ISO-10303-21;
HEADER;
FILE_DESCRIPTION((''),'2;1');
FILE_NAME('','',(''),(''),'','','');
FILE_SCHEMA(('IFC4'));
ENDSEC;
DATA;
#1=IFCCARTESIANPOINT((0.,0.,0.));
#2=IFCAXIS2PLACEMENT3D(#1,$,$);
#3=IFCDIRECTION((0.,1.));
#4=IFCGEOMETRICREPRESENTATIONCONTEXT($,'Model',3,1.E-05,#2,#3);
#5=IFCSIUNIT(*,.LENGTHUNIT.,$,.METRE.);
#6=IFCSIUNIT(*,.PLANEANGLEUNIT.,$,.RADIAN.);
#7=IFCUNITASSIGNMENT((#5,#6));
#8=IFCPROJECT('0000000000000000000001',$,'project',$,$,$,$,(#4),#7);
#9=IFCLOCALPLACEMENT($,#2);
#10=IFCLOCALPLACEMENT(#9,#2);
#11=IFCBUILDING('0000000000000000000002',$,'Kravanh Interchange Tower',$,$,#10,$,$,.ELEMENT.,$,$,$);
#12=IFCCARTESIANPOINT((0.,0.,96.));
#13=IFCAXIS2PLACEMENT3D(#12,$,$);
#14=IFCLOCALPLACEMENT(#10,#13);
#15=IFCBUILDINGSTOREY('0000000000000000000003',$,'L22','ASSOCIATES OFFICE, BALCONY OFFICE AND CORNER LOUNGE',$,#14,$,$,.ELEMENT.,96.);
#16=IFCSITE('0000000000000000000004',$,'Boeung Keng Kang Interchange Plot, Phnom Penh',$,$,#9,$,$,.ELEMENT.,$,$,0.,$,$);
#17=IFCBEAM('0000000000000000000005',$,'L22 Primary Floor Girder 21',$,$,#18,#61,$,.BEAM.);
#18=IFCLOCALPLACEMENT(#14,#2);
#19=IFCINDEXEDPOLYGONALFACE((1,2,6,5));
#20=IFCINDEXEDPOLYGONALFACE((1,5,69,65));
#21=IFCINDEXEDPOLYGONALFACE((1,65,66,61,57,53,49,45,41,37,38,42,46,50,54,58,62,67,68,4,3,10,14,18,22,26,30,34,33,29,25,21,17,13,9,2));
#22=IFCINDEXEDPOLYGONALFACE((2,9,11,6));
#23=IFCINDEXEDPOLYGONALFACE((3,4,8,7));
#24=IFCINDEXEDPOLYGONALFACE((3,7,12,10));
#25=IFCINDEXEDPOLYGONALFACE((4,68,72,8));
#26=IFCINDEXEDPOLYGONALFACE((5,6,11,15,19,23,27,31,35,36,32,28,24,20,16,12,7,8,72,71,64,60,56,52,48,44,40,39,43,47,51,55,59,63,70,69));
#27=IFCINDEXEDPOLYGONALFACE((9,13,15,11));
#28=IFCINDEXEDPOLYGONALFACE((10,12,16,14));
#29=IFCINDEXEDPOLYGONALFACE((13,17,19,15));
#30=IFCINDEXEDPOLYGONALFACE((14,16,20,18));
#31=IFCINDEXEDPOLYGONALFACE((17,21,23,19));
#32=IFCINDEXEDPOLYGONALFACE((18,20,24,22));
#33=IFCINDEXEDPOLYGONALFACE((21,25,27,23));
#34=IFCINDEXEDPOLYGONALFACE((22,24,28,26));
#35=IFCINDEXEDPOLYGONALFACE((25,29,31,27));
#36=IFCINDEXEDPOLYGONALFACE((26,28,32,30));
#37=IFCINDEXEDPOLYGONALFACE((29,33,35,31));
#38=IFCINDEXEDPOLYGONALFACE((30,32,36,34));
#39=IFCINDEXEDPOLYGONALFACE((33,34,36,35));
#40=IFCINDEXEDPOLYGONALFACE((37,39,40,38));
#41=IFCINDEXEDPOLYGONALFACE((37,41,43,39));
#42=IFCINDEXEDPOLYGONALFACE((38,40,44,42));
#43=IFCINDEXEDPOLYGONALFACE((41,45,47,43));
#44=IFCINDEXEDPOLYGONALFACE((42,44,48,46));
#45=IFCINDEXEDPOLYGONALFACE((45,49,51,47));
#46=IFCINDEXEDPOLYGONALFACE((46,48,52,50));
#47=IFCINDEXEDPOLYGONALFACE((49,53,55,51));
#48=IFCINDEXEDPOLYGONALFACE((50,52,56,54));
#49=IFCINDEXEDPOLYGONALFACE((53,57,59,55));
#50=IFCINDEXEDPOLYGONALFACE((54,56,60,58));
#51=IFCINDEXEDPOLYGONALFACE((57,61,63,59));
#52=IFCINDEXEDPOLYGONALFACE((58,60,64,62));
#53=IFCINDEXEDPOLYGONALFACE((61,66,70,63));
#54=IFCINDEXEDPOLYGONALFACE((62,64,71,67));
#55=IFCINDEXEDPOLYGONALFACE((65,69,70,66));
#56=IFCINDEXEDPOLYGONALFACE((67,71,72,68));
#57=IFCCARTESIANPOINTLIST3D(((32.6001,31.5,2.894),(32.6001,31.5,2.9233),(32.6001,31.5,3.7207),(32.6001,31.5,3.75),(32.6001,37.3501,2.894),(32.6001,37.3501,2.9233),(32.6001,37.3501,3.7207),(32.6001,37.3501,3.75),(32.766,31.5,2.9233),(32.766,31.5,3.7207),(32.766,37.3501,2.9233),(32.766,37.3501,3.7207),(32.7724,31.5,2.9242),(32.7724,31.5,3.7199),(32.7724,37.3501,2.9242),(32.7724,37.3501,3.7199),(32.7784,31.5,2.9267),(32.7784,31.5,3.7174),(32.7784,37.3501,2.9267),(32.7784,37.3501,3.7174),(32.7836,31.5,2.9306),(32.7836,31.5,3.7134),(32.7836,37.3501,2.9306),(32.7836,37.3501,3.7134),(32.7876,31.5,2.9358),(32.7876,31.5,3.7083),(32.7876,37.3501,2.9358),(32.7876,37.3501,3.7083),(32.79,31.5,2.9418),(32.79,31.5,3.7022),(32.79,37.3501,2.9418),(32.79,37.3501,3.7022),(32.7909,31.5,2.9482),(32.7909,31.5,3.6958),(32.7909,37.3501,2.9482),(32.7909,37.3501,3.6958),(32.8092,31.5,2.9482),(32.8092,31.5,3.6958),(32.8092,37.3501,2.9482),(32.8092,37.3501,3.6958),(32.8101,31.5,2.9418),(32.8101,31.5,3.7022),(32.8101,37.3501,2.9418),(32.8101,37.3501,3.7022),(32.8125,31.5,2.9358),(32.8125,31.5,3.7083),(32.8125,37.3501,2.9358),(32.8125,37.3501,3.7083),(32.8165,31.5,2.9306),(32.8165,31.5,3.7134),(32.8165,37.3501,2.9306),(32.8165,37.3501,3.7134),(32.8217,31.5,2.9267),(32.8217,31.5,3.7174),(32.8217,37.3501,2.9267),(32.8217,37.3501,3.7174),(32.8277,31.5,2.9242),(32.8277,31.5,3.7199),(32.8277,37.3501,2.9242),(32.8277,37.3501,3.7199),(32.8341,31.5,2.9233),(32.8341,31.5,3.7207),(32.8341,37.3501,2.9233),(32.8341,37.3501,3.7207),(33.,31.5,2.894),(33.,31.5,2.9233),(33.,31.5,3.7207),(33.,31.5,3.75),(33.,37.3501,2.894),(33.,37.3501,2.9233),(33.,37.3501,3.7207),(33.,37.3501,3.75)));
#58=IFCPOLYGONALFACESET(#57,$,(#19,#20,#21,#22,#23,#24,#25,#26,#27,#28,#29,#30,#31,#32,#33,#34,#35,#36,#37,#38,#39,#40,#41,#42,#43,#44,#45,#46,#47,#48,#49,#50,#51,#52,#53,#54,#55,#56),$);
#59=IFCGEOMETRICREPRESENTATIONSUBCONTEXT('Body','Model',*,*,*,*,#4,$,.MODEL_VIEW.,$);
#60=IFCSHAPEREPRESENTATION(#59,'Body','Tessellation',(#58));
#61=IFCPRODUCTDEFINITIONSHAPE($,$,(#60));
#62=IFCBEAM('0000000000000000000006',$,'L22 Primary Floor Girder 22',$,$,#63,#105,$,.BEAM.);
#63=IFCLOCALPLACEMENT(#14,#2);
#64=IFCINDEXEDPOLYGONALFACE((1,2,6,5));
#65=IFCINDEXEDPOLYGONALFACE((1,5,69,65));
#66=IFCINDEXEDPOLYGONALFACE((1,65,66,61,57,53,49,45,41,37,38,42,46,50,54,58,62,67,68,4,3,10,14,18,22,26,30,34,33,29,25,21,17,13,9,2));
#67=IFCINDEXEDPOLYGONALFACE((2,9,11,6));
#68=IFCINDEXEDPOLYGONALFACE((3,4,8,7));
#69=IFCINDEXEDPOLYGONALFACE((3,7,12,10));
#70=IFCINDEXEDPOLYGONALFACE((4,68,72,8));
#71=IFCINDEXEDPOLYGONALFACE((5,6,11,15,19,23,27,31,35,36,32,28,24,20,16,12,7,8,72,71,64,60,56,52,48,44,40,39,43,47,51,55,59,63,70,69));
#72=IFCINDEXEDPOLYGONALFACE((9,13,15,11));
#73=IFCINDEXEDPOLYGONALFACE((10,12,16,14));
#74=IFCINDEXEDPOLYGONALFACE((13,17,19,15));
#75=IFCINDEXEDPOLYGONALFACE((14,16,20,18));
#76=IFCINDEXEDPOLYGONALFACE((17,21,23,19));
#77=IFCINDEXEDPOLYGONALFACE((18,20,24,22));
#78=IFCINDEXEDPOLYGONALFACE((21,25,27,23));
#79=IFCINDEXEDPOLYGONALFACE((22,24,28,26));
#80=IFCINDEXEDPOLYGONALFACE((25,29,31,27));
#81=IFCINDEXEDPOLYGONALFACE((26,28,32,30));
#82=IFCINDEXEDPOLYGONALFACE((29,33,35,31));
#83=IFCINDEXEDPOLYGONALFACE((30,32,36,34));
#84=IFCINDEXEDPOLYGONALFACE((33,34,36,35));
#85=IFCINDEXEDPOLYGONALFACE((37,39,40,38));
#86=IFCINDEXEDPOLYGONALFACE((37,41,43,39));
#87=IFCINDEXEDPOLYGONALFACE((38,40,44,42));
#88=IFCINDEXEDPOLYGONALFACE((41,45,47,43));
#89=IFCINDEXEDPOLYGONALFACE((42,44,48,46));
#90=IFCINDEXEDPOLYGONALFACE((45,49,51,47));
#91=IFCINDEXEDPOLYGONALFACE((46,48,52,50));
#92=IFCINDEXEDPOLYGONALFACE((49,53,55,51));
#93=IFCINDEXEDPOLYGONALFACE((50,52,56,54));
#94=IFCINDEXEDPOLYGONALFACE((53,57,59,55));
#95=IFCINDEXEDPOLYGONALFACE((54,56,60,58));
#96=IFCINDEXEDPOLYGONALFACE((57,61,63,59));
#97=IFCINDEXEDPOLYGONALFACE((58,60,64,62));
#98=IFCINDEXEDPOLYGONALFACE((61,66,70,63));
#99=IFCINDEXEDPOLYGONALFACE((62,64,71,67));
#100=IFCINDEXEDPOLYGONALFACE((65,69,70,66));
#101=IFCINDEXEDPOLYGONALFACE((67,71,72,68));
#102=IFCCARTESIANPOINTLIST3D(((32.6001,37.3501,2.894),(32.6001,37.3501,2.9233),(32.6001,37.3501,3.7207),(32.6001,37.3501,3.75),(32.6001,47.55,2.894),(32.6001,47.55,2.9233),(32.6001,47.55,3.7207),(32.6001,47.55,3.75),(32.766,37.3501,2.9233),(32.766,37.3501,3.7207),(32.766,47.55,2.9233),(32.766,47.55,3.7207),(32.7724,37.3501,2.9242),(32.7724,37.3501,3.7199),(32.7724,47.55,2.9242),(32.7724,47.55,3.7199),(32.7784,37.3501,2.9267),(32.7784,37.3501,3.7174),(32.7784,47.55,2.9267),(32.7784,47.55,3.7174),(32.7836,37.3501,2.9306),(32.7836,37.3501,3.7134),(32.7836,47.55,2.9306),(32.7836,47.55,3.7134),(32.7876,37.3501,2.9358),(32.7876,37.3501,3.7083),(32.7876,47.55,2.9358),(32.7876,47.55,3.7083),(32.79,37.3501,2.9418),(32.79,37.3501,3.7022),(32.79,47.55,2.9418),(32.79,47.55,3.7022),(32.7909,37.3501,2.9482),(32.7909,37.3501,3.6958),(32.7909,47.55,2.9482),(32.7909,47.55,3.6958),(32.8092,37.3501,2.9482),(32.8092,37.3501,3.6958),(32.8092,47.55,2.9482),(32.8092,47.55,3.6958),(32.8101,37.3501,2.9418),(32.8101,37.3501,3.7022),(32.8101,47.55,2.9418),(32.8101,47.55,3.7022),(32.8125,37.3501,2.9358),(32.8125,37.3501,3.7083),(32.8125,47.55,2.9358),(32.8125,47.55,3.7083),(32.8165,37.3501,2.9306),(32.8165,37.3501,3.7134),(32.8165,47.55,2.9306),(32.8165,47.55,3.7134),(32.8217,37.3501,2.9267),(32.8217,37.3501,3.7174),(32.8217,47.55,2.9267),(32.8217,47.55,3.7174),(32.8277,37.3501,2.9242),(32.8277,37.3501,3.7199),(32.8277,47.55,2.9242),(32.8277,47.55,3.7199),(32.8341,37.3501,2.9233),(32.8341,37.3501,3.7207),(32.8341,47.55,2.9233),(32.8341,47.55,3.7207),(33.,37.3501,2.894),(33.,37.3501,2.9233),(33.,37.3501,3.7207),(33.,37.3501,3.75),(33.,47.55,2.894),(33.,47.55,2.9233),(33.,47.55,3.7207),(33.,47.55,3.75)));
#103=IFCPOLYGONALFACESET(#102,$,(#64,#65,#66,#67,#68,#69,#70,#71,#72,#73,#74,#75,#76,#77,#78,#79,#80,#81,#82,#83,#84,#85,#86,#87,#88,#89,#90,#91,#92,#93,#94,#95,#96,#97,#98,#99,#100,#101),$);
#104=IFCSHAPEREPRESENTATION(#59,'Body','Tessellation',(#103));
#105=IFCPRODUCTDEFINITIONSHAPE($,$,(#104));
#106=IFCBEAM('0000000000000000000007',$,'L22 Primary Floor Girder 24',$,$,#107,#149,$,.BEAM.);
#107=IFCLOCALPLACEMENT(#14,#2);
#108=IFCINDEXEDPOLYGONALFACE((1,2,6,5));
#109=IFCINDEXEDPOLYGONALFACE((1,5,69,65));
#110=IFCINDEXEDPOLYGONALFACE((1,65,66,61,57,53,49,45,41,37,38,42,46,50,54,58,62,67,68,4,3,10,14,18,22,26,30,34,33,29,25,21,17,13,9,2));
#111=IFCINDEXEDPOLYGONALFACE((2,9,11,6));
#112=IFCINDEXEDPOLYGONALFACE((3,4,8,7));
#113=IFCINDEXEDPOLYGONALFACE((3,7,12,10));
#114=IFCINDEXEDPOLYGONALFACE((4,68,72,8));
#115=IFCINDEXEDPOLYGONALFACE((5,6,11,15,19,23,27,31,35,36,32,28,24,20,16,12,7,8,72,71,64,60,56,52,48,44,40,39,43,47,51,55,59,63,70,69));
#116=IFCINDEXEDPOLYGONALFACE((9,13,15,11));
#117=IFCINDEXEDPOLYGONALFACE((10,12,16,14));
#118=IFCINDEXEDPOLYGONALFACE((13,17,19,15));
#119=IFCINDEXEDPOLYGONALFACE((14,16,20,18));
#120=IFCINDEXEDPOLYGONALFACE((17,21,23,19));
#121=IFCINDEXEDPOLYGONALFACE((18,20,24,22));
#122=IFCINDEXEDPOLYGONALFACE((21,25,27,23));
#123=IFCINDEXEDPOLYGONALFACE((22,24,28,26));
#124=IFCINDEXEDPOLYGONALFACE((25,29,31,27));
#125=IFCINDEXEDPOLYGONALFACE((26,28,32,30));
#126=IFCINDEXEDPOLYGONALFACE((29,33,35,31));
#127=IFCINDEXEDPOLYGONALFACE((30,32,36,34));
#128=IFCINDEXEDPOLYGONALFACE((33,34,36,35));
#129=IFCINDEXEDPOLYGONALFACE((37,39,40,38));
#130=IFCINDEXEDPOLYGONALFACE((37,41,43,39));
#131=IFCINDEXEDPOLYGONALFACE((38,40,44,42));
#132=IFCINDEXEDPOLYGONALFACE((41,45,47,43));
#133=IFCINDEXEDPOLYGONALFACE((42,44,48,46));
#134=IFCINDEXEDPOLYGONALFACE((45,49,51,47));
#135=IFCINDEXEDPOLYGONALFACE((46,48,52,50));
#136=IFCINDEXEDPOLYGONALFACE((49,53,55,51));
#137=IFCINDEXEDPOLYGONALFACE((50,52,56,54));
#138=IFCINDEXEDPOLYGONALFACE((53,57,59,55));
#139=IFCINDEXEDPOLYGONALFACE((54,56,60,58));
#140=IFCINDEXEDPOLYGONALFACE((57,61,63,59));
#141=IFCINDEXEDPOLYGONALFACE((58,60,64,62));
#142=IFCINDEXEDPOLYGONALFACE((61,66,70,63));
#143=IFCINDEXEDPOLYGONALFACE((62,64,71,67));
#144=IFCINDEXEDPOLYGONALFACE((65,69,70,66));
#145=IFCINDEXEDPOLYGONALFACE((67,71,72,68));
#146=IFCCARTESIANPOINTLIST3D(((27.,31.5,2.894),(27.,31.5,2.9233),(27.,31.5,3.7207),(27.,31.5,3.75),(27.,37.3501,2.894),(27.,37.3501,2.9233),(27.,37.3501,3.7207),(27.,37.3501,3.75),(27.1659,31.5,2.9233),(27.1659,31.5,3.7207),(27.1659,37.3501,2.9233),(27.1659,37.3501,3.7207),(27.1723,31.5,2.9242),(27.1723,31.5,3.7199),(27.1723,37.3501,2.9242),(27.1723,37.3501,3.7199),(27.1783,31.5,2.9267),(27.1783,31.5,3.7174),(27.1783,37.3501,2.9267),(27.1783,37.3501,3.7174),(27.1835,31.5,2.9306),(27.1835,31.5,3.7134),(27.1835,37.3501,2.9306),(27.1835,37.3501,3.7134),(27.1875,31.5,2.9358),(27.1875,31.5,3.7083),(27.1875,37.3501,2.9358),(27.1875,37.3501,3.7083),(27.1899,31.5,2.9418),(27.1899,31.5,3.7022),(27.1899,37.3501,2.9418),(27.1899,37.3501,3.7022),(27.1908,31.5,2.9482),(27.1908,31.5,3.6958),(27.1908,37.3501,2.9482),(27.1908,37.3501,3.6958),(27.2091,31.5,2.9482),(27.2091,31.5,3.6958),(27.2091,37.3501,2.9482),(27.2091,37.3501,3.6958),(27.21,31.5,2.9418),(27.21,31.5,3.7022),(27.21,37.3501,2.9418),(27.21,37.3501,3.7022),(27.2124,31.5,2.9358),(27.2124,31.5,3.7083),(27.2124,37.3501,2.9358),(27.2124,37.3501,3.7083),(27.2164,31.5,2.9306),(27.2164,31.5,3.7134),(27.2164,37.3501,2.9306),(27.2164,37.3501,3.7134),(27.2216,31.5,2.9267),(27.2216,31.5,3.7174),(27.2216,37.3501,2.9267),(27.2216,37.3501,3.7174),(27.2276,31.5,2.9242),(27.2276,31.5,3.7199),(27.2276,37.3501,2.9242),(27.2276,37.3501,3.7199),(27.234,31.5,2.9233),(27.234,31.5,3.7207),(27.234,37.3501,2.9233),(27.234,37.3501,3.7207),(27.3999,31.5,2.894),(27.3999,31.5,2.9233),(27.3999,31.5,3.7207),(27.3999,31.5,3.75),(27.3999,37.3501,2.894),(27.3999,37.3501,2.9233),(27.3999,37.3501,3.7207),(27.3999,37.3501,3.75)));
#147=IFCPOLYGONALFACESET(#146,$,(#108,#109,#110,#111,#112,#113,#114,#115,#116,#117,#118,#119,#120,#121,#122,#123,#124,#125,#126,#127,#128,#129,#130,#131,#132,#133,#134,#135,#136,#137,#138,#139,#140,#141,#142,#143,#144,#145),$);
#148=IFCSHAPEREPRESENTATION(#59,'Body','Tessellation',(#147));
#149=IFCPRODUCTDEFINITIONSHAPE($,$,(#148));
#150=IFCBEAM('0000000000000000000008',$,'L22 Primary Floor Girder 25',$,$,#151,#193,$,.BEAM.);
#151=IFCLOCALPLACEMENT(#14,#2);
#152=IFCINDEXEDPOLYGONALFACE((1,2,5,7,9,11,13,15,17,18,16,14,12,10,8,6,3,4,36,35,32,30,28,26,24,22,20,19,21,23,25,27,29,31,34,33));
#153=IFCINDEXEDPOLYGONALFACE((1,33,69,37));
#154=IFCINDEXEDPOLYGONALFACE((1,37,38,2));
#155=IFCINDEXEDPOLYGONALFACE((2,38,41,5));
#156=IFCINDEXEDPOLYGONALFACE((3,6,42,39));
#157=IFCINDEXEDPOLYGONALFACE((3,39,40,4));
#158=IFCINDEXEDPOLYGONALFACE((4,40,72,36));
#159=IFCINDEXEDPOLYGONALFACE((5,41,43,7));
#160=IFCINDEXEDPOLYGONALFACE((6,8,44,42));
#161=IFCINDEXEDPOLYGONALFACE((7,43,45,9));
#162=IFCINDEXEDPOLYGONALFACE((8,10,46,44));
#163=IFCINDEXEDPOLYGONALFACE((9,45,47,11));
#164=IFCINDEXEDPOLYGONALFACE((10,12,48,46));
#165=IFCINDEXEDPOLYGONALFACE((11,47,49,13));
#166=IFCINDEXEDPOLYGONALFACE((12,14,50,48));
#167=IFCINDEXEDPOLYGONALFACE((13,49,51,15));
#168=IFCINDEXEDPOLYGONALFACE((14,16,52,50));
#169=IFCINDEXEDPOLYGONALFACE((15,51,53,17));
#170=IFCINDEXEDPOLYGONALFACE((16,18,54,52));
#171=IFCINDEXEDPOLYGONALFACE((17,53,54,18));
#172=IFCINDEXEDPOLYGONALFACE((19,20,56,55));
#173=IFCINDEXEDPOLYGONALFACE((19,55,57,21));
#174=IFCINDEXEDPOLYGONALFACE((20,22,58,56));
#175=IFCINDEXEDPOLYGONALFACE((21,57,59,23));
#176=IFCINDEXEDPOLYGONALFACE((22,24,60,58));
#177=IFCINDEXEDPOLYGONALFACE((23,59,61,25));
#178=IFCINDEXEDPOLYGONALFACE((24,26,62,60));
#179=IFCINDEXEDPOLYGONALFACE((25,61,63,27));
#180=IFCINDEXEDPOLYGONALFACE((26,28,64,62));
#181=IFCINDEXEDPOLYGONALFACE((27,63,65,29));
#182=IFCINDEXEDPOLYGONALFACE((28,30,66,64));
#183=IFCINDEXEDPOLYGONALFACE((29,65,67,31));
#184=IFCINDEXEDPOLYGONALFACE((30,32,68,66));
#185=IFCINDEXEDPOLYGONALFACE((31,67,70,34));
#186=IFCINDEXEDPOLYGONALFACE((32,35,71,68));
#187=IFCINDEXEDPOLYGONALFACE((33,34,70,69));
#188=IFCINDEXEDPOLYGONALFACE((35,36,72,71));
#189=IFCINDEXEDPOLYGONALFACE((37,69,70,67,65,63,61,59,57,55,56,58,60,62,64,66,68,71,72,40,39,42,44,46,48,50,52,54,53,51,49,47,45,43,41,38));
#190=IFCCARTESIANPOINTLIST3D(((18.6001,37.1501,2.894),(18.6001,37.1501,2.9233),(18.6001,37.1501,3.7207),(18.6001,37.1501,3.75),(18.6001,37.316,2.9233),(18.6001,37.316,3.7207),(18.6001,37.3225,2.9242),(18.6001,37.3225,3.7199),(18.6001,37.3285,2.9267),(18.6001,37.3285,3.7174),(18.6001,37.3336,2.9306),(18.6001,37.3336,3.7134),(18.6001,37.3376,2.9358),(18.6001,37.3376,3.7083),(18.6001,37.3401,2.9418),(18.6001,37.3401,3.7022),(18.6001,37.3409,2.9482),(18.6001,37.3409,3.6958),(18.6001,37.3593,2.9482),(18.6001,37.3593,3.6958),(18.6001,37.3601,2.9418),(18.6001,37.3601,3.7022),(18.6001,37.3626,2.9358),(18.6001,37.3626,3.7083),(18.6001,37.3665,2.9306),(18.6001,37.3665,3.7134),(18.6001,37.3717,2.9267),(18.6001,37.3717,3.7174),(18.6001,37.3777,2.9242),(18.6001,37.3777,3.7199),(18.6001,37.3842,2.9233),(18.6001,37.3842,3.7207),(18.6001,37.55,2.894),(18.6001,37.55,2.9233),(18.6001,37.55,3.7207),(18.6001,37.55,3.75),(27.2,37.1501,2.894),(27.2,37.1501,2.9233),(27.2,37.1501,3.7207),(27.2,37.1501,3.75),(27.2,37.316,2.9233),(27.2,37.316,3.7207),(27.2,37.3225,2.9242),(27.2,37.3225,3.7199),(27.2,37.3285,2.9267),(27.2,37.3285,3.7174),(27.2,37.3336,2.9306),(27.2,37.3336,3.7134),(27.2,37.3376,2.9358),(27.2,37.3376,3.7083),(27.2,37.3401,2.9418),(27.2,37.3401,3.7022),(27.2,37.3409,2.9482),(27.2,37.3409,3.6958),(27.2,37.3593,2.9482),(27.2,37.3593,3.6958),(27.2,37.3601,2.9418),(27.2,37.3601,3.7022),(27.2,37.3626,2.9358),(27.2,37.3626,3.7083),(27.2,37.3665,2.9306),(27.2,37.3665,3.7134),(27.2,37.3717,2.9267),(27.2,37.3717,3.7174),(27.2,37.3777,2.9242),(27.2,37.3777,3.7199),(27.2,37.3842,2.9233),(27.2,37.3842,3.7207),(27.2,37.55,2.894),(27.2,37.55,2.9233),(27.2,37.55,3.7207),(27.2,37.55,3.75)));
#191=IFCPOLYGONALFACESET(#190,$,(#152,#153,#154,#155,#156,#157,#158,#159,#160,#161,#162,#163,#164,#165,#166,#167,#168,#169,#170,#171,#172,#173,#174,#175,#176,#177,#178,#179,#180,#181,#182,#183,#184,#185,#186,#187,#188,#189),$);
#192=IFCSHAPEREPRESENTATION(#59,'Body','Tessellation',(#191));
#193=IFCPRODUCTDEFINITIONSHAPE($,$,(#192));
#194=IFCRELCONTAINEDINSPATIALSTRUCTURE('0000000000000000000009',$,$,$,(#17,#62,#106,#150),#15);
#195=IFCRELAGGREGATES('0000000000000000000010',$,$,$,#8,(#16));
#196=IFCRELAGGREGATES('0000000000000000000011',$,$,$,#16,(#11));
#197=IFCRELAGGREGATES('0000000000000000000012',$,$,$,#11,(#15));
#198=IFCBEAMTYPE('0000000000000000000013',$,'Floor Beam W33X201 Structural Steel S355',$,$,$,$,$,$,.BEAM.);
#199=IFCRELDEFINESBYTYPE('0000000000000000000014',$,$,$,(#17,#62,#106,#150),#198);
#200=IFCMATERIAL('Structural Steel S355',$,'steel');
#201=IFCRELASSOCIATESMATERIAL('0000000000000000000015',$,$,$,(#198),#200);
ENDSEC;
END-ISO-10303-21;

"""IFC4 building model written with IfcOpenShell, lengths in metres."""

from ifc_helpers import new_model, si_unit, direction, frame, origin, origin_2d, place, context, subcontext, project, spatial, i_section, extrude, material, material_profile, profile_set, type_object, element, save


model = new_model("IFC4")

# Units and contexts
model_context = context("Model", 3, precision=1e-05, world=origin(), true_north=direction((0.0, 1.0)))
body_context = subcontext(model_context, "Body", "Model", "MODEL_VIEW")
ifc_project = project(units=[si_unit("LENGTHUNIT", "METRE"), si_unit("PLANEANGLEUNIT", "RADIAN")], contexts=[model_context])

# Site, building, storey
site_placement = place(None, origin())
site = spatial("IfcSite", under=ifc_project, at=site_placement, Name="Boeung Keng Kang Interchange Plot, Phnom Penh", CompositionType="ELEMENT", RefElevation=0.0)
building_placement = place(site_placement, origin())
building = spatial("IfcBuilding", under=site, at=building_placement, Name="Kravanh Interchange Tower", CompositionType="ELEMENT")
storey_placement = place(building_placement, frame((0.0, 0.0, 96.0)))
storey = spatial("IfcBuildingStorey", under=building, at=storey_placement, Name="L22", Description="ASSOCIATES OFFICE, BALCONY OFFICE AND CORNER LOUNGE", CompositionType="ELEMENT", Elevation=96.0)

# Beams
ifc_material_1 = material(Name="Structural Steel S355", Category="steel")
ifc_material_profile_1 = material_profile(ifc_material_1, i_section(OverallWidth=0.3999, OverallDepth=0.856, WebThickness=0.0183, FlangeThickness=0.0293, FilletRadius=0.0249, at=origin_2d()), Name="W33X201")
ifc_profile_set_1 = profile_set([ifc_material_profile_1], Name="Structural Steel S355")
beam_type = type_object("IfcBeamType", Name="Floor Beam W33X201 Structural Steel S355", PredefinedType="BEAM", material=ifc_profile_set_1)
beam_1_placement = place(storey_placement, frame((32.8, 37.3501, 3.322), z_axis=(0.0, -1.0, 0.0), x_axis=(1.0, 0.0, 0.0)))
element("IfcBeam", 1, at=beam_1_placement, inside=storey, type_object=beam_type, Name="L22 Primary Floor Girder 21", PredefinedType="BEAM", context=body_context, shape_type="SweptSolid", body=[
    extrude(i_section(OverallWidth=0.3999, OverallDepth=0.856, WebThickness=0.0183, FlangeThickness=0.0293, FilletRadius=0.0249, at=origin_2d()), origin(), (0.0, 0.0, 1.0), 5.8501),
])
beam_2_placement = place(storey_placement, frame((32.8, 37.3501, 3.322), z_axis=(0.0, 1.0, 0.0), x_axis=(-1.0, 0.0, 0.0)))
element("IfcBeam", 2, at=beam_2_placement, inside=storey, type_object=beam_type, Name="L22 Primary Floor Girder 22", PredefinedType="BEAM", context=body_context, shape_type="SweptSolid", body=[
    extrude(i_section(OverallWidth=0.3999, OverallDepth=0.856, WebThickness=0.0183, FlangeThickness=0.0293, FilletRadius=0.0249, at=origin_2d()), origin(), (0.0, 0.0, 1.0), 10.2),
])
beam_3_placement = place(storey_placement, frame((27.2, 37.3501, 3.322), z_axis=(0.0, -1.0, 0.0), x_axis=(1.0, 0.0, 0.0)))
element("IfcBeam", 3, at=beam_3_placement, inside=storey, type_object=beam_type, Name="L22 Primary Floor Girder 24", PredefinedType="BEAM", context=body_context, shape_type="SweptSolid", body=[
    extrude(i_section(OverallWidth=0.3999, OverallDepth=0.856, WebThickness=0.0183, FlangeThickness=0.0293, FilletRadius=0.0249, at=origin_2d()), origin(), (0.0, 0.0, 1.0), 5.8501),
])
beam_4_placement = place(storey_placement, frame((27.2, 37.3501, 3.322), z_axis=(-1.0, 0.0, 0.0), x_axis=(0.0, -1.0, 0.0)))
element("IfcBeam", 4, at=beam_4_placement, inside=storey, type_object=beam_type, Name="L22 Primary Floor Girder 25", PredefinedType="BEAM", context=body_context, shape_type="SweptSolid", body=[
    extrude(i_section(OverallWidth=0.3999, OverallDepth=0.856, WebThickness=0.0183, FlangeThickness=0.0293, FilletRadius=0.0249, at=origin_2d()), origin(), (0.0, 0.0, 1.0), 8.5999),
])

save(model, "model.ifc")
